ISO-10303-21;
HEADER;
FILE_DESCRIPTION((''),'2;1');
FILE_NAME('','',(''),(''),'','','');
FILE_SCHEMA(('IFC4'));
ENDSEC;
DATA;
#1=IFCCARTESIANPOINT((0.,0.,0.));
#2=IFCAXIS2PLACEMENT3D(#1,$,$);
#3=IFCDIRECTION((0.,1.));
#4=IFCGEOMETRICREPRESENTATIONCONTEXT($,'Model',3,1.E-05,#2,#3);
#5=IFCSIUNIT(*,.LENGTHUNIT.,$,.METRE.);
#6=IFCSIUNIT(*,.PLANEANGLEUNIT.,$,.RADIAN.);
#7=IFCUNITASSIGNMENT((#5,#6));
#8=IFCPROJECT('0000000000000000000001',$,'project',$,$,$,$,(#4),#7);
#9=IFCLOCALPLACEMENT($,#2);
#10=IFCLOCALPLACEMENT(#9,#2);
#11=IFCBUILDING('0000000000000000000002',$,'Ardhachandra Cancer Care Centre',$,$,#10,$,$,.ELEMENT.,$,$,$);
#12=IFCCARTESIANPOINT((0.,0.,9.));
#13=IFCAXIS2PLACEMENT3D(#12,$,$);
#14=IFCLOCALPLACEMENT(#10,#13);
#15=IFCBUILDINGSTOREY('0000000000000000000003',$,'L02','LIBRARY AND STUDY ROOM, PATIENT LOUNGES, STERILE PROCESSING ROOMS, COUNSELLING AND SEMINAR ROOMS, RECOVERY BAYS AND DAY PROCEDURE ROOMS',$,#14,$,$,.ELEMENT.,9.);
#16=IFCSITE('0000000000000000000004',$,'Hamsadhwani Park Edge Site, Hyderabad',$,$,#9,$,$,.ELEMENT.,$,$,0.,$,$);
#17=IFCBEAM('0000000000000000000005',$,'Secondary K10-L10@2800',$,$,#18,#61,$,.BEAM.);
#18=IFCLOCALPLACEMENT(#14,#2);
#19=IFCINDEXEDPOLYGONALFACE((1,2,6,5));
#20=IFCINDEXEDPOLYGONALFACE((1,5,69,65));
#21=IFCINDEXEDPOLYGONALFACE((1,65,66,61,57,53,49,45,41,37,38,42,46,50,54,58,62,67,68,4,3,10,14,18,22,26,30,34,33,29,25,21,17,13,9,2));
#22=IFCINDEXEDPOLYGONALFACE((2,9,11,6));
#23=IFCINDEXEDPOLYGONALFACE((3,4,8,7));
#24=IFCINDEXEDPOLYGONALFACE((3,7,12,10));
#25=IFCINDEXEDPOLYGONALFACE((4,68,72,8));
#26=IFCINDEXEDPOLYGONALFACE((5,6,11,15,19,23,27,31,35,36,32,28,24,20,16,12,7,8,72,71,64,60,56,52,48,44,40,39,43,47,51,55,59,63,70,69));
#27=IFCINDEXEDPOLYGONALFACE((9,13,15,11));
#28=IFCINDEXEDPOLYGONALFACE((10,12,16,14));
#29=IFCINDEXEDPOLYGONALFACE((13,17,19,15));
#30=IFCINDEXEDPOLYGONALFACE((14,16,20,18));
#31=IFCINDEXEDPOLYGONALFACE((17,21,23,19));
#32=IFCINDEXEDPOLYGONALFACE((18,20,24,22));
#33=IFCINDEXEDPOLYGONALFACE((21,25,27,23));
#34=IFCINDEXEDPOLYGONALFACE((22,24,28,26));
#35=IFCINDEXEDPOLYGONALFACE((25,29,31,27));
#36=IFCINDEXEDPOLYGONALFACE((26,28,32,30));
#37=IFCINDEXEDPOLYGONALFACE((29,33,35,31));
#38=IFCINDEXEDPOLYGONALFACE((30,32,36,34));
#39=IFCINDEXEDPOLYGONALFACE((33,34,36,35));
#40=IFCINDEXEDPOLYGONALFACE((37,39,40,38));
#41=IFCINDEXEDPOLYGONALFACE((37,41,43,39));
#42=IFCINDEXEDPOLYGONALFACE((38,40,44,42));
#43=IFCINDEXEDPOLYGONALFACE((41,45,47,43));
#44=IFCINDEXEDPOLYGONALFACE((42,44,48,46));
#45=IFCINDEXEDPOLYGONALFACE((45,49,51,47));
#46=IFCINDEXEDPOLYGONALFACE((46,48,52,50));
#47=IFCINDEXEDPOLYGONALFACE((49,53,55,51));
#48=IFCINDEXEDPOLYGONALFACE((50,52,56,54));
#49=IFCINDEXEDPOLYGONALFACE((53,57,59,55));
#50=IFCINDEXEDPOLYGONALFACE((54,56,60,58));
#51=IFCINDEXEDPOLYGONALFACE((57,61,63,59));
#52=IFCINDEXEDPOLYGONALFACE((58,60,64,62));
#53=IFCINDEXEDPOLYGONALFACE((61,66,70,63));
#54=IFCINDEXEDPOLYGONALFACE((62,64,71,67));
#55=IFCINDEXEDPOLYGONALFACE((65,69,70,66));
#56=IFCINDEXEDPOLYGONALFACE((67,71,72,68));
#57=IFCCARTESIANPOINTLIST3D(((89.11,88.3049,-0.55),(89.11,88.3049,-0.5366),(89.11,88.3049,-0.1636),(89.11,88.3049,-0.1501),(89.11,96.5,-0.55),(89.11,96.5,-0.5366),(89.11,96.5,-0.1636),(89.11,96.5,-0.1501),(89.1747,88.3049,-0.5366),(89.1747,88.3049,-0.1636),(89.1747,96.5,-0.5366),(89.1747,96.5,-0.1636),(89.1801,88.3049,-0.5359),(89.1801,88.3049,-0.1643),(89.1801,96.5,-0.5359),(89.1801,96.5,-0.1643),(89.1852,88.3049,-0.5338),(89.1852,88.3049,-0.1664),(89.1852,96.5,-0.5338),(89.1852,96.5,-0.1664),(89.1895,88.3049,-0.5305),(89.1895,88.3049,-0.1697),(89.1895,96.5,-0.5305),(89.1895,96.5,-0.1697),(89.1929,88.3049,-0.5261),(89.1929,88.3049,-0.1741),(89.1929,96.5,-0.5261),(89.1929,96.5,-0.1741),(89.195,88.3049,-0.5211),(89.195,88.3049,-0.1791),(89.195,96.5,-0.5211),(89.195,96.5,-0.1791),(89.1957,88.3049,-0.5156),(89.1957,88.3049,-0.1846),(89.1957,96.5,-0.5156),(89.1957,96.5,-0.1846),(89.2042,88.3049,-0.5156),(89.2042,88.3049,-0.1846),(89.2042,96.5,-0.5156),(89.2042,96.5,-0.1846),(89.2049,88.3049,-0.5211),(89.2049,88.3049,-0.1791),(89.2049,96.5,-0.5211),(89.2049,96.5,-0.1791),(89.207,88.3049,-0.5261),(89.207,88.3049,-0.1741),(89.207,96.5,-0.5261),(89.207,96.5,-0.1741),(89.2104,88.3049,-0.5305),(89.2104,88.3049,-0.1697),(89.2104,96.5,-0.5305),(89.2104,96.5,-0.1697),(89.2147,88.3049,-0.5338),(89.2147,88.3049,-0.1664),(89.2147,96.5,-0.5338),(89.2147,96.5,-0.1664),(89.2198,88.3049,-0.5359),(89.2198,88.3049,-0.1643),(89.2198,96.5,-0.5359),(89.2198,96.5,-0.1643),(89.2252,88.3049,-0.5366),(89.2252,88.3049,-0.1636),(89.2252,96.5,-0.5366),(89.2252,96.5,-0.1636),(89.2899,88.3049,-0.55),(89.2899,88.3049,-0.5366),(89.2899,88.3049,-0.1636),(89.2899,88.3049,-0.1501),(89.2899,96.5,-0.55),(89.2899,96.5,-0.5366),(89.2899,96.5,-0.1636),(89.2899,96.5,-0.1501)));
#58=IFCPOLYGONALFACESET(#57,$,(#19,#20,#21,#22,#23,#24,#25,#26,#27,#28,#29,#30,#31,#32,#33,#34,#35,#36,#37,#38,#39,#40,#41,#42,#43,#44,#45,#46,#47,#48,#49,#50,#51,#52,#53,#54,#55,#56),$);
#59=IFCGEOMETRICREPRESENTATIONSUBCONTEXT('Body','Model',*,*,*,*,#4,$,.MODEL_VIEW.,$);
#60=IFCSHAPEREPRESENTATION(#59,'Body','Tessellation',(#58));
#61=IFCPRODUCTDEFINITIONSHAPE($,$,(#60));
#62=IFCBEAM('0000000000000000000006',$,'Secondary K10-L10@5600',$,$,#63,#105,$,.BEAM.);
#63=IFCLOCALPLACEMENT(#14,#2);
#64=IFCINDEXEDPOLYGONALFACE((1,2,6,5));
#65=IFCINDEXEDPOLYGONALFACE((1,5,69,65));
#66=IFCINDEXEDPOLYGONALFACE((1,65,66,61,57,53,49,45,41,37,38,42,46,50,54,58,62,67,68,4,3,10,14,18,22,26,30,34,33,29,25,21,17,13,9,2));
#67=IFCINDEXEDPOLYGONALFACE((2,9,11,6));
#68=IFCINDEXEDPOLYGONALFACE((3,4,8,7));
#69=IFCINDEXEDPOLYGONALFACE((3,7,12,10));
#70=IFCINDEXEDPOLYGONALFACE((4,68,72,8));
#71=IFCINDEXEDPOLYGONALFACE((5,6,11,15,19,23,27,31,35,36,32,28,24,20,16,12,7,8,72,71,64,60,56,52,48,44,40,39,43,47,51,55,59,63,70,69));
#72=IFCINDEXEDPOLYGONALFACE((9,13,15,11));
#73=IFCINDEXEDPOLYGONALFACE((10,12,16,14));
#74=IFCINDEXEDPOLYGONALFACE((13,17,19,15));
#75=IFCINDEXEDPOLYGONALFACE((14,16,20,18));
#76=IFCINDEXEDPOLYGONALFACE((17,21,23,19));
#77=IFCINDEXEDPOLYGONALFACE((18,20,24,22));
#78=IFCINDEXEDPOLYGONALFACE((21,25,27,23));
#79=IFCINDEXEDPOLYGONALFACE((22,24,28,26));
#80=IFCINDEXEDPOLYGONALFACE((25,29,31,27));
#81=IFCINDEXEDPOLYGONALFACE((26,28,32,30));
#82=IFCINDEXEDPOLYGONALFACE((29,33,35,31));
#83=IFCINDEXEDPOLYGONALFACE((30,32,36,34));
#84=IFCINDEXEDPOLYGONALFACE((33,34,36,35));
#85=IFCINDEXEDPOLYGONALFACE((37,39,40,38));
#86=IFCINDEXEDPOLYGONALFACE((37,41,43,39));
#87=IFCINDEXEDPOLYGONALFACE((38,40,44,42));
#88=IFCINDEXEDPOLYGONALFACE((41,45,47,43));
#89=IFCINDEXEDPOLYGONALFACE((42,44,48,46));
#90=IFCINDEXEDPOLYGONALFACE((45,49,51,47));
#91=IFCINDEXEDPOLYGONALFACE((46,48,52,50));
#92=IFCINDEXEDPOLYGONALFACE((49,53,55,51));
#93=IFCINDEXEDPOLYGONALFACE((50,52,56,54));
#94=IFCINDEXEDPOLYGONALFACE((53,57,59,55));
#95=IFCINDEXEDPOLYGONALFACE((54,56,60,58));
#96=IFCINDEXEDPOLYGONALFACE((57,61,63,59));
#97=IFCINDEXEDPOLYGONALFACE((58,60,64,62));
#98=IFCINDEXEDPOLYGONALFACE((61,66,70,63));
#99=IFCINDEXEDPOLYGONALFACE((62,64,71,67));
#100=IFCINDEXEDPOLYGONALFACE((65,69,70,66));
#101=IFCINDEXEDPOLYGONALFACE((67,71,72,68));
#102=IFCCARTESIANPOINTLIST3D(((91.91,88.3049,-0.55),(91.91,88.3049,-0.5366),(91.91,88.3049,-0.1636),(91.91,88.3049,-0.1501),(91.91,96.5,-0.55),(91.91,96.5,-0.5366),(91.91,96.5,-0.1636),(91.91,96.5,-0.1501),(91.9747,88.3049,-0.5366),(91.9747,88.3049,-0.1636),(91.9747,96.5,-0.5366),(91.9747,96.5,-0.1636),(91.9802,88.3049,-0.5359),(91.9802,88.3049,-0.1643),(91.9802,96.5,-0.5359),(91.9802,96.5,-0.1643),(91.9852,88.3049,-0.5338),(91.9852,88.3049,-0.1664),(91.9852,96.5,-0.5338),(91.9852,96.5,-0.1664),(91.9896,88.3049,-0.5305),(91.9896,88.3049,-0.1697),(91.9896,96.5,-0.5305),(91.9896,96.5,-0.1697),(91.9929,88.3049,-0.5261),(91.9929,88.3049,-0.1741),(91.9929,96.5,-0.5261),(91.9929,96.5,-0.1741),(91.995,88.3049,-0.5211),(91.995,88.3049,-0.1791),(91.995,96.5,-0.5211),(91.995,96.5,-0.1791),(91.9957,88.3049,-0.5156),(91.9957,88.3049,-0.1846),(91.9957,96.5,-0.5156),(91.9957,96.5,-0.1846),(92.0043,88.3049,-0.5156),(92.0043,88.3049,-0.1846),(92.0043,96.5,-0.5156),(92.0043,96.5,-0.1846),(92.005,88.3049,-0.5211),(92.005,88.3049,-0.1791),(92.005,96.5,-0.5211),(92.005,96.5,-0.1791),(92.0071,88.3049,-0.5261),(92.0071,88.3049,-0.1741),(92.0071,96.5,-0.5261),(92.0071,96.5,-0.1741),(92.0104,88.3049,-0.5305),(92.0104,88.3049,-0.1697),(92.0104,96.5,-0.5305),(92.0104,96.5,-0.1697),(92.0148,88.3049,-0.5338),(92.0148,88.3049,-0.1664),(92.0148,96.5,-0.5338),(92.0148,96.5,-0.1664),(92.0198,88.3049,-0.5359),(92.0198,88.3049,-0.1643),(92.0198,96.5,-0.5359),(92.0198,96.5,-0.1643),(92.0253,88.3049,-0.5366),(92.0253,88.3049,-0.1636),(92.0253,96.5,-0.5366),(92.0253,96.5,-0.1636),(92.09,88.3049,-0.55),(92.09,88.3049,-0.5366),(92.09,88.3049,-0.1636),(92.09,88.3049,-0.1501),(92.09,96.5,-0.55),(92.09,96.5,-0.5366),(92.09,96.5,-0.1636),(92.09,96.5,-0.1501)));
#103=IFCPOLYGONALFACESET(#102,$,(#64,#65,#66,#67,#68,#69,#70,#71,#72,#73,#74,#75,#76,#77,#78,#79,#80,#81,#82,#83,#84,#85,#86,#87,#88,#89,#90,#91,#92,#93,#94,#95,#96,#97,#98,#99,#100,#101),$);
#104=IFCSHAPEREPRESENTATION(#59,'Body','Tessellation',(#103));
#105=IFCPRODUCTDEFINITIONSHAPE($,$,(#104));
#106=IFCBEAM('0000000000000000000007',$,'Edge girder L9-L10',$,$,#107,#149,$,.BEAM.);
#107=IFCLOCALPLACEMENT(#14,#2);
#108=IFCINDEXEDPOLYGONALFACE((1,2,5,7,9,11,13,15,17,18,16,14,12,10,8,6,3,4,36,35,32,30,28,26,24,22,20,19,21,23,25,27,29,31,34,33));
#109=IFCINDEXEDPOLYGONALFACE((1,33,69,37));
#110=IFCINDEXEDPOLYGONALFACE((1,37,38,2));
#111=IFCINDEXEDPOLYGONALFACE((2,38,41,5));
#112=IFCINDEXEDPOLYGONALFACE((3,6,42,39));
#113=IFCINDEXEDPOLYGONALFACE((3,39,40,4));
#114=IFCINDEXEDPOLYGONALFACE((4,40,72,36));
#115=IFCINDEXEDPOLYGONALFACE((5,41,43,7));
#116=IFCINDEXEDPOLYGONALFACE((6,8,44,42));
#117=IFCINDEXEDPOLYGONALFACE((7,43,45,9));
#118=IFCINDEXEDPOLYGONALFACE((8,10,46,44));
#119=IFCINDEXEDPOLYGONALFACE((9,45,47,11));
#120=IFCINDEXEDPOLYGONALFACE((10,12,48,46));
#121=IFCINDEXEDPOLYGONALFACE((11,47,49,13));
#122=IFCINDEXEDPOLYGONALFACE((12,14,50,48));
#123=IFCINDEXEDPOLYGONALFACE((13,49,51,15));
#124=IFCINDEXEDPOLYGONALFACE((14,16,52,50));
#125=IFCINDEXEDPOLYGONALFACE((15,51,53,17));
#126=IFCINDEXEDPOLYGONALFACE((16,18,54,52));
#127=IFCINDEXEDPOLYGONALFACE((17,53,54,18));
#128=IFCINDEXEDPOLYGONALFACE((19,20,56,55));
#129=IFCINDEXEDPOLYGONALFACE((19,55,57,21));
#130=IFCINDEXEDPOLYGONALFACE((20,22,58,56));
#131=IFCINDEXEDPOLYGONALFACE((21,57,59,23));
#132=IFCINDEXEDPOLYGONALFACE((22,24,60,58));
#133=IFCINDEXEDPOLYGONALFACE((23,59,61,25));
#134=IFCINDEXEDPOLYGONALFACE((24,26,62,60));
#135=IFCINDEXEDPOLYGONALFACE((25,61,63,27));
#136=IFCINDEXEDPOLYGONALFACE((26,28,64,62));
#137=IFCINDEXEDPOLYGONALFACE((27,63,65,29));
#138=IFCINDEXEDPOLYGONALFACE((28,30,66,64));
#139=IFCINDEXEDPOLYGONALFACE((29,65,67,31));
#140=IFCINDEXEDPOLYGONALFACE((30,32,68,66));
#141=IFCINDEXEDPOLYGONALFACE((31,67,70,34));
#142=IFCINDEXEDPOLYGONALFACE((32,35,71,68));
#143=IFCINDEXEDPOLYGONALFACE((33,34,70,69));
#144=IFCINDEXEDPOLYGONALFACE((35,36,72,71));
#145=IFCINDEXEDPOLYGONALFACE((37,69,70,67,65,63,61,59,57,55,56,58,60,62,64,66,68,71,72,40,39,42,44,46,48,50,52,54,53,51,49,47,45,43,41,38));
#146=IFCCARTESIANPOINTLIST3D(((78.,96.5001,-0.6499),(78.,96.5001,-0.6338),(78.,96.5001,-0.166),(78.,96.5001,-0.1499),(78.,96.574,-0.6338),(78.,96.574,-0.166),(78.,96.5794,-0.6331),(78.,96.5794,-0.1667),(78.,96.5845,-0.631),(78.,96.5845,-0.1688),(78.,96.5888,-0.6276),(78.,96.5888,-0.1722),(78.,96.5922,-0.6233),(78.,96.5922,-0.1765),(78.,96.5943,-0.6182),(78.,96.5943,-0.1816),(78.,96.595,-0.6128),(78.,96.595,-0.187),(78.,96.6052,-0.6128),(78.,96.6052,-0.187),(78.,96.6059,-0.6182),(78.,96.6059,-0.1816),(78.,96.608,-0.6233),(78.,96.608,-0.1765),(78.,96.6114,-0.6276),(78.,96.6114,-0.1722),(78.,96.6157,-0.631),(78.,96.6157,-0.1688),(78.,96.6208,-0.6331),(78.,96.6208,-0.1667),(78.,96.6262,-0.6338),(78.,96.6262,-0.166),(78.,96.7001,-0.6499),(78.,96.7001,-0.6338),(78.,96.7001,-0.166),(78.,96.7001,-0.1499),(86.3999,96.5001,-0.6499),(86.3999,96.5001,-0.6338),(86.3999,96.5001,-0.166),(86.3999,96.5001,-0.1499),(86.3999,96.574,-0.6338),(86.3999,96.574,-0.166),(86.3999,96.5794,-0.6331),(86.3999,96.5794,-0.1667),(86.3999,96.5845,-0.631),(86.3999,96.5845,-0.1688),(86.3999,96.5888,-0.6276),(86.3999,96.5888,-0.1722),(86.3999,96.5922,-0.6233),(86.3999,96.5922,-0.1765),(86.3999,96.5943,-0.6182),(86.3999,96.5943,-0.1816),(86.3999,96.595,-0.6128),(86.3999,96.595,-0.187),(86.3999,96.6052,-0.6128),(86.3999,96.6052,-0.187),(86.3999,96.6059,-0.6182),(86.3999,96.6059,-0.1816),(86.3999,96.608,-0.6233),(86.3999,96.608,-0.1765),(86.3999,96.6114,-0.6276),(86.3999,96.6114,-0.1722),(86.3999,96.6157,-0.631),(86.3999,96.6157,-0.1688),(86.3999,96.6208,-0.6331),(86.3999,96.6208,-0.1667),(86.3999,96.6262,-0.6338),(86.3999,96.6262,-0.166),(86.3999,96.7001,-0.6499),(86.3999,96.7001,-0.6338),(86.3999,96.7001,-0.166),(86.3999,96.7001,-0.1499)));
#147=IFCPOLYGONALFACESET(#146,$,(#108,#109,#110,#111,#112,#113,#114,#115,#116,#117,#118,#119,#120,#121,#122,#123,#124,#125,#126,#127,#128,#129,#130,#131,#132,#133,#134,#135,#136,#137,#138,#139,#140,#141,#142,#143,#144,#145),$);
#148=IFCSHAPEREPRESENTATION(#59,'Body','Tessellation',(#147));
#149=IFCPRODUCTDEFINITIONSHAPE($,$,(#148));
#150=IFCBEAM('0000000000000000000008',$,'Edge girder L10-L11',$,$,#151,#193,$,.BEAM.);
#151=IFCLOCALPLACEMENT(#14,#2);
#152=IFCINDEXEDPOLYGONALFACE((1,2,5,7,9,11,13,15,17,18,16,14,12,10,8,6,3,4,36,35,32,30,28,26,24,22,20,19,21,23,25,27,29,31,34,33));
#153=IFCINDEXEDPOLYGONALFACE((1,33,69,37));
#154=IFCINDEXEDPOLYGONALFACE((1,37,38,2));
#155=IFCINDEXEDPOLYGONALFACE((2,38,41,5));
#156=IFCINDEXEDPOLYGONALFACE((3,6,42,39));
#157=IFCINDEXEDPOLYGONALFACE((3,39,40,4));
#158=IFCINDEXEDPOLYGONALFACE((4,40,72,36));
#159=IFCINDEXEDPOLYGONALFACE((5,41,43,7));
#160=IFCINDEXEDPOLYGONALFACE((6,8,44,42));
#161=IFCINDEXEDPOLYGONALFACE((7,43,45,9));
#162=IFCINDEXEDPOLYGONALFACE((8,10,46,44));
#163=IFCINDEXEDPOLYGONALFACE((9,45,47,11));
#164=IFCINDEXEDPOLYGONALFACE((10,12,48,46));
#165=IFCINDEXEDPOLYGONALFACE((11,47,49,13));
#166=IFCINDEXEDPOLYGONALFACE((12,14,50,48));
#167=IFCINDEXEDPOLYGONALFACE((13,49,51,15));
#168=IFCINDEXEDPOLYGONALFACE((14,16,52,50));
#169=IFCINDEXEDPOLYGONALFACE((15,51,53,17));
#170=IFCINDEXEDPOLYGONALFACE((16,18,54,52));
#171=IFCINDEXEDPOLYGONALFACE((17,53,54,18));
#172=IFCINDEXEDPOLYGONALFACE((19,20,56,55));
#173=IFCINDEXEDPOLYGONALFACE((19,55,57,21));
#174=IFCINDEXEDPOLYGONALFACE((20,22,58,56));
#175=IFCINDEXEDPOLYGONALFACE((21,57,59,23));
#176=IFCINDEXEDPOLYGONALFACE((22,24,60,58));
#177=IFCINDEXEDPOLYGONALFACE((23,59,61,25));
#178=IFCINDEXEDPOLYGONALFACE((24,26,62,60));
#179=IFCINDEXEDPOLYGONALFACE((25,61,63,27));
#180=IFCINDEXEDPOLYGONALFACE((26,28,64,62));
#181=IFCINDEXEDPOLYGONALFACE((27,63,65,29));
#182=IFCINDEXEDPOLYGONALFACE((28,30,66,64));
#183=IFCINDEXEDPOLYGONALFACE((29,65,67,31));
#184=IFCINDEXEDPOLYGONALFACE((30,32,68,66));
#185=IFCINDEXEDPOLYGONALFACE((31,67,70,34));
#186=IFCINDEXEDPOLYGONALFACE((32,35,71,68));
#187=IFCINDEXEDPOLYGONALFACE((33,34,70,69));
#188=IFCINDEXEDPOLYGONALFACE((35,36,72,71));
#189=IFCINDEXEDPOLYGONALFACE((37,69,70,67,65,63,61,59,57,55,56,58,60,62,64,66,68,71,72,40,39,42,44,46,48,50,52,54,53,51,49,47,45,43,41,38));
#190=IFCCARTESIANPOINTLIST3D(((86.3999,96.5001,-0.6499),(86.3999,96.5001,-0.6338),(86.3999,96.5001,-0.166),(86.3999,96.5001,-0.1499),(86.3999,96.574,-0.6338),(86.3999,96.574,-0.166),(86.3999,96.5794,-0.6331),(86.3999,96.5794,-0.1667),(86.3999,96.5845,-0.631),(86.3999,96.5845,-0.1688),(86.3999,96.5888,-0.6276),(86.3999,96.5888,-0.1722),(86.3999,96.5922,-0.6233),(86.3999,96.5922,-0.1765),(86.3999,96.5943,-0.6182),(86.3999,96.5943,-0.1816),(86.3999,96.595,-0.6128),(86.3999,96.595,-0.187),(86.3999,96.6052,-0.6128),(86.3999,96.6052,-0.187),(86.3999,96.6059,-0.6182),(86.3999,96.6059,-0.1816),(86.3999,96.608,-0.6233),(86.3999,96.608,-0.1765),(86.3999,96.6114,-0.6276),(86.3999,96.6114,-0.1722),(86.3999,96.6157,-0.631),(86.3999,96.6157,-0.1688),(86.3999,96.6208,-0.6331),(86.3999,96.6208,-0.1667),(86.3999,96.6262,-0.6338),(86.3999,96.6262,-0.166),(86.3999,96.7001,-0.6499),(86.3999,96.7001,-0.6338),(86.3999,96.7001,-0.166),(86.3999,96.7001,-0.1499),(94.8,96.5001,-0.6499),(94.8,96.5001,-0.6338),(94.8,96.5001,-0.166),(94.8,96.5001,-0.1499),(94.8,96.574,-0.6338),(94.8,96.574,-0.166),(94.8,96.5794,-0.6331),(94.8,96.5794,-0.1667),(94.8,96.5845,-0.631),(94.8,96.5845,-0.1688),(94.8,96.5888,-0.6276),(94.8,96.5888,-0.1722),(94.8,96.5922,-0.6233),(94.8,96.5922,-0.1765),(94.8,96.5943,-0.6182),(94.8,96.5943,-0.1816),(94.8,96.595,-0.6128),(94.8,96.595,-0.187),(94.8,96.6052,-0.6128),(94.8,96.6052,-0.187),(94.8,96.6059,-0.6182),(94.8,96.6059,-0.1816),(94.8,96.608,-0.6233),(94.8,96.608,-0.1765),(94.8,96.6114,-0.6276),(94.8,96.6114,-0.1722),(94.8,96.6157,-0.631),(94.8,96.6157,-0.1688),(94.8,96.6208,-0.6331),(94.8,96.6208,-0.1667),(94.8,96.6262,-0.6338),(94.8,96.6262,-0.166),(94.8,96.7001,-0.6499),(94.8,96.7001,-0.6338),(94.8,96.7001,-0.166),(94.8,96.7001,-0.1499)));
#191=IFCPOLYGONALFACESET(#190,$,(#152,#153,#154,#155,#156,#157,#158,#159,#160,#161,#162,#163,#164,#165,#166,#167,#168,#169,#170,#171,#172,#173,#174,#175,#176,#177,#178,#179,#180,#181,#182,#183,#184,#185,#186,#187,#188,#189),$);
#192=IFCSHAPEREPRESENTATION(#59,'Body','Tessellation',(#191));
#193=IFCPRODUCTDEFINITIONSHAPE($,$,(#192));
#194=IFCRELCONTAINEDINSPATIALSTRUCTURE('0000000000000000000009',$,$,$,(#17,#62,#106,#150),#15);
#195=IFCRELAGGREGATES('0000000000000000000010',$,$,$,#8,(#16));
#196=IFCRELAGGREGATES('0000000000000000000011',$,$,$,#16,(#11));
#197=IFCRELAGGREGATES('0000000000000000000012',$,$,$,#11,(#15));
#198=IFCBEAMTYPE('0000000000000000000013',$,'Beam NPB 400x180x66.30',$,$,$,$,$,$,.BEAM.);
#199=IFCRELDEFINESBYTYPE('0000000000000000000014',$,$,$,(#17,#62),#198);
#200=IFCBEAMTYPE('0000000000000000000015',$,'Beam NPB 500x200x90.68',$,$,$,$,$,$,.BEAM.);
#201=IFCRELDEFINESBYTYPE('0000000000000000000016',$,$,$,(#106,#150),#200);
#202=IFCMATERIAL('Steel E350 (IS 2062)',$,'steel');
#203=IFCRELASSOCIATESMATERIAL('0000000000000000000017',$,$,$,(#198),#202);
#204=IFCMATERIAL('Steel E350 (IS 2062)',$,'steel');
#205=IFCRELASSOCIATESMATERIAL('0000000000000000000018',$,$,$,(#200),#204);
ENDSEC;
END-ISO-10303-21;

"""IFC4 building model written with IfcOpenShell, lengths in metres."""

from ifc_helpers import new_model, si_unit, direction, frame, origin, origin_2d, place, context, subcontext, project, spatial, i_section, extrude, material, material_profile, profile_set, type_object, element, save


model = new_model("IFC4")

# Units and contexts
model_context = context("Model", 3, precision=1e-05, world=origin(), true_north=direction((0.0, 1.0)))
body_context = subcontext(model_context, "Body", "Model", "MODEL_VIEW")
ifc_project = project(units=[si_unit("LENGTHUNIT", "METRE"), si_unit("PLANEANGLEUNIT", "RADIAN")], contexts=[model_context])

# Site, building, storey
site_placement = place(None, origin())
site = spatial("IfcSite", under=ifc_project, at=site_placement, Name="Hamsadhwani Park Edge Site, Hyderabad", CompositionType="ELEMENT", RefElevation=0.0)
building_placement = place(site_placement, origin())
building = spatial("IfcBuilding", under=site, at=building_placement, Name="Ardhachandra Cancer Care Centre", CompositionType="ELEMENT")
storey_placement = place(building_placement, frame((0.0, 0.0, 9.0)))
storey = spatial("IfcBuildingStorey", under=building, at=storey_placement, Name="L02", Description="LIBRARY AND STUDY ROOM, PATIENT LOUNGES, STERILE PROCESSING ROOMS, COUNSELLING AND SEMINAR ROOMS, RECOVERY BAYS AND DAY PROCEDURE ROOMS", CompositionType="ELEMENT", Elevation=9.0)

# Beams
ifc_material_1 = material(Name="Steel E350 (IS 2062)", Category="steel")
ifc_material_profile_1 = material_profile(ifc_material_1, i_section(OverallWidth=0.1799, OverallDepth=0.3999, WebThickness=0.0085, FlangeThickness=0.0134, FilletRadius=0.021, at=origin_2d()), Name="NPB 400x180x66.30")
ifc_profile_set_1 = profile_set([ifc_material_profile_1], Name="Steel E350 (IS 2062)")
beam_type_1 = type_object("IfcBeamType", Name="Beam NPB 400x180x66.30", PredefinedType="BEAM", material=ifc_profile_set_1)
for number, where, z_axis, x_axis, name in (
    (1, (89.2, 88.3049, -0.3501), (0.0, 1.0, 0.0), (-1.0, 0.0, 0.0), "Secondary K10-L10@2800"),
    (2, (92.0, 88.3049, -0.3501), (0.0, 1.0, 0.0), (-1.0, 0.0, 0.0), "Secondary K10-L10@5600"),
):
    element("IfcBeam", number, at=place(storey_placement, frame(where, z_axis=z_axis, x_axis=x_axis)), inside=storey, type_object=beam_type_1, Name=name, PredefinedType="BEAM", context=body_context, shape_type="SweptSolid", body=[
        extrude(i_section(OverallWidth=0.1799, OverallDepth=0.3999, WebThickness=0.0085, FlangeThickness=0.0134, FilletRadius=0.021, at=origin_2d()), origin(), (0.0, 0.0, 1.0), 8.1951),
    ])
ifc_material_2 = material(Name="Steel E350 (IS 2062)", Category="steel")
ifc_material_profile_2 = material_profile(ifc_material_2, i_section(OverallWidth=0.2, OverallDepth=0.5, WebThickness=0.0103, FlangeThickness=0.0161, FilletRadius=0.021, at=origin_2d()), Name="NPB 500x200x90.68")
ifc_profile_set_2 = profile_set([ifc_material_profile_2], Name="Steel E350 (IS 2062)")
beam_type_2 = type_object("IfcBeamType", Name="Beam NPB 500x200x90.68", PredefinedType="BEAM", material=ifc_profile_set_2)
beam_1_placement = place(storey_placement, frame((78.0, 96.6001, -0.3999), z_axis=(1.0, 0.0, 0.0), x_axis=(0.0, 1.0, 0.0)))
element("IfcBeam", 3, at=beam_1_placement, inside=storey, type_object=beam_type_2, Name="Edge girder L9-L10", PredefinedType="BEAM", context=body_context, shape_type="SweptSolid", body=[
    extrude(i_section(OverallWidth=0.2, OverallDepth=0.5, WebThickness=0.0103, FlangeThickness=0.0161, FilletRadius=0.021, at=origin_2d()), origin(), (0.0, 0.0, 1.0), 8.3999),
])
beam_2_placement = place(storey_placement, frame((86.3999, 96.6001, -0.3999), z_axis=(1.0, 0.0, 0.0), x_axis=(0.0, 1.0, 0.0)))
element("IfcBeam", 4, at=beam_2_placement, inside=storey, type_object=beam_type_2, Name="Edge girder L10-L11", PredefinedType="BEAM", context=body_context, shape_type="SweptSolid", body=[
    extrude(i_section(OverallWidth=0.2, OverallDepth=0.5, WebThickness=0.0103, FlangeThickness=0.0161, FilletRadius=0.021, at=origin_2d()), origin(), (0.0, 0.0, 1.0), 8.4001),
])

save(model, "model.ifc")
